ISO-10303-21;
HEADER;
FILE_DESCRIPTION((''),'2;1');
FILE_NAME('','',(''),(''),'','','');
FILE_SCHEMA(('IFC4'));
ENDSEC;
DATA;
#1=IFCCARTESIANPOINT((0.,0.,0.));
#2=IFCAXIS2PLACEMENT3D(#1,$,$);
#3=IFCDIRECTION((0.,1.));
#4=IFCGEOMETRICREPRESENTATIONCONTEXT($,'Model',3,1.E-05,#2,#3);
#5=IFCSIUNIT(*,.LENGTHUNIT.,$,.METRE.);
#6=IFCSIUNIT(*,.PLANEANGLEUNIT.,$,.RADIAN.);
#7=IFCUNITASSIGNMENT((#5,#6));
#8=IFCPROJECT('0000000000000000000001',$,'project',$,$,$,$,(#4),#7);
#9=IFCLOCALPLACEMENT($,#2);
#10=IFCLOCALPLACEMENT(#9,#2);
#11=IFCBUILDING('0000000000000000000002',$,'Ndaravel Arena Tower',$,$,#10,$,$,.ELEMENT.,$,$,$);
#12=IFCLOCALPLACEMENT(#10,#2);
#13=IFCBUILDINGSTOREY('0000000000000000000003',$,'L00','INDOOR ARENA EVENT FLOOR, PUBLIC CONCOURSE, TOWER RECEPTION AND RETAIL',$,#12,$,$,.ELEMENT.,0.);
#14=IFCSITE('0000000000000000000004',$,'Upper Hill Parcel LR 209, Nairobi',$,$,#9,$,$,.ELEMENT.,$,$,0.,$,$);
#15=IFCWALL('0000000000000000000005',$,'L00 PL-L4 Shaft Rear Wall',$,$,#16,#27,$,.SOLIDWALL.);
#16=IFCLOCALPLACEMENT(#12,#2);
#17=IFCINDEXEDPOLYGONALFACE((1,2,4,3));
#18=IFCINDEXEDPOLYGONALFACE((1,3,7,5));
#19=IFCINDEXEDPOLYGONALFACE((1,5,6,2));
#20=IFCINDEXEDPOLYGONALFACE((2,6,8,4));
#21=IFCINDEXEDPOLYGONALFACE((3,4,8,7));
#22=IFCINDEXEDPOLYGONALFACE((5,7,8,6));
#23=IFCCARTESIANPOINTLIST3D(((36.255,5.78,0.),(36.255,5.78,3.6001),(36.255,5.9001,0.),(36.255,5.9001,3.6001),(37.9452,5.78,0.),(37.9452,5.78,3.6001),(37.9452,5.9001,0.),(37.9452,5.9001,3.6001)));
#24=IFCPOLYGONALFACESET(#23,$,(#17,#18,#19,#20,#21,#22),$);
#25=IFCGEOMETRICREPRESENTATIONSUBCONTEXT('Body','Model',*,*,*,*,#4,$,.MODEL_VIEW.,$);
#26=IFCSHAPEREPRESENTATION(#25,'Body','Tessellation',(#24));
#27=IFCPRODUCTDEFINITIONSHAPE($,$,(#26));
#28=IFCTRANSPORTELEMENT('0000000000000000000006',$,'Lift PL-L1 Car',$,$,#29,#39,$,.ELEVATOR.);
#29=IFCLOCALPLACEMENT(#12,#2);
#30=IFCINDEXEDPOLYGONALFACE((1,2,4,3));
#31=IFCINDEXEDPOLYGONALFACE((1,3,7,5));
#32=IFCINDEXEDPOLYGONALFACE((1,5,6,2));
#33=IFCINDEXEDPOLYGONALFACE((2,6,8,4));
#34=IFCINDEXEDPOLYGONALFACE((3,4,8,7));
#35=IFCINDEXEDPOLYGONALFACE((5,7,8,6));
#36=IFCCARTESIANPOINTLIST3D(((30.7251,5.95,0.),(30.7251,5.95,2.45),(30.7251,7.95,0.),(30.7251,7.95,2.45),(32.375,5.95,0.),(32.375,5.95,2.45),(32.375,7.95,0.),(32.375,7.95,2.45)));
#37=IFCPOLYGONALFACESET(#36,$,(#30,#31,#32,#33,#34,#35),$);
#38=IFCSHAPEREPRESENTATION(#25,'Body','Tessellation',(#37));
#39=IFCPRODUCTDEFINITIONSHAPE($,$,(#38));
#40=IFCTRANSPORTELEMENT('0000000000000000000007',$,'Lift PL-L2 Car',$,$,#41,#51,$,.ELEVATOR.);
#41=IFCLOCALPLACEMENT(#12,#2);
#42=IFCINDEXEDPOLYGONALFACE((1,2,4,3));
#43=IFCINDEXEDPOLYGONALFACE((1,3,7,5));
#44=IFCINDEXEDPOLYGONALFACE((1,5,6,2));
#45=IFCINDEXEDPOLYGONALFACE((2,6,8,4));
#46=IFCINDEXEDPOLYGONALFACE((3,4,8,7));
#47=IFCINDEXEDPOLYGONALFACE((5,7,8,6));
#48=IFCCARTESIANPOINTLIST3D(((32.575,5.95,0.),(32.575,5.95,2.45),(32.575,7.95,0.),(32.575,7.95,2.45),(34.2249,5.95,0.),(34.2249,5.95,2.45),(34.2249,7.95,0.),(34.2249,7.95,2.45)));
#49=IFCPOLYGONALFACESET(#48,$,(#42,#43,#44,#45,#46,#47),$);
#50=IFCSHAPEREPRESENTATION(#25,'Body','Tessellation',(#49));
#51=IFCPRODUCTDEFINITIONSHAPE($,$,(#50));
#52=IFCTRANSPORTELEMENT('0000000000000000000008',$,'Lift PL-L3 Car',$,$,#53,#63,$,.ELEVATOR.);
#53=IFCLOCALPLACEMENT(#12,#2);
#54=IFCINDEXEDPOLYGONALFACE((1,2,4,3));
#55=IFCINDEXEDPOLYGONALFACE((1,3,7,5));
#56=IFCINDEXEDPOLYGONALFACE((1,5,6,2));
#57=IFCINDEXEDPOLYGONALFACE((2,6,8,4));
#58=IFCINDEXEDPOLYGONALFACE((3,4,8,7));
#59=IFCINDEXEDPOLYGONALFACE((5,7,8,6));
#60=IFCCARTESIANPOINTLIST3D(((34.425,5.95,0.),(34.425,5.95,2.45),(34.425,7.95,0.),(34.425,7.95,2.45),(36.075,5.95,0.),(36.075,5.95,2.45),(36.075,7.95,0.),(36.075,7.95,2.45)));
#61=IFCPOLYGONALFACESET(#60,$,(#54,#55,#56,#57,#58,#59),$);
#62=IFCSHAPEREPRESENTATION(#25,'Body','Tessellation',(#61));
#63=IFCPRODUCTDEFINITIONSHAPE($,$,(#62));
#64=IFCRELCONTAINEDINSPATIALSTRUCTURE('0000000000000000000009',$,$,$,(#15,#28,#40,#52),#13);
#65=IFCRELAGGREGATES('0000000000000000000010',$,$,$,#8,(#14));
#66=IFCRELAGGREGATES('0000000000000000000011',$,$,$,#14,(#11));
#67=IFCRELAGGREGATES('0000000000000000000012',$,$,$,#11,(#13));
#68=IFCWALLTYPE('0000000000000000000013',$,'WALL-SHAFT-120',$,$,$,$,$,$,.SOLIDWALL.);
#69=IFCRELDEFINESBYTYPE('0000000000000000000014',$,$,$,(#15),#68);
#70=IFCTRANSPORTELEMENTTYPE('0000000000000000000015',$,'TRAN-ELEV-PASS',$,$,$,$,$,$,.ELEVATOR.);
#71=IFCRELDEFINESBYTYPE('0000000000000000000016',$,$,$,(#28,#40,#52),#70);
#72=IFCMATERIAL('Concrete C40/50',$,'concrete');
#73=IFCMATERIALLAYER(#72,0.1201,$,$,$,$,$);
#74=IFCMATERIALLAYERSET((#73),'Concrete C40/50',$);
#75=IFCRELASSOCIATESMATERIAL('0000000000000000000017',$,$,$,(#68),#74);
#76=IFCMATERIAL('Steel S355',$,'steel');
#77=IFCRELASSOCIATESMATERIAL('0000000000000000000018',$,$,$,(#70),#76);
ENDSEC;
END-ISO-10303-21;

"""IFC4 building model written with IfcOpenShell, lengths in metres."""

from ifc_helpers import new_model, si_unit, direction, frame, frame_2d, origin, origin_2d, place, context, subcontext, project, spatial, rectangle, extrude, material, layer, layer_set, type_object, element, save


model = new_model("IFC4")

# Units and contexts
model_context = context("Model", 3, precision=1e-05, world=origin(), true_north=direction((0.0, 1.0)))
body_context = subcontext(model_context, "Body", "Model", "MODEL_VIEW")
ifc_project = project(units=[si_unit("LENGTHUNIT", "METRE"), si_unit("PLANEANGLEUNIT", "RADIAN")], contexts=[model_context])

# Site, building, storey
site_placement = place(None, origin())
site = spatial("IfcSite", under=ifc_project, at=site_placement, Name="Upper Hill Parcel LR 209, Nairobi", CompositionType="ELEMENT", RefElevation=0.0)
building_placement = place(site_placement, origin())
building = spatial("IfcBuilding", under=site, at=building_placement, Name="Ndaravel Arena Tower", CompositionType="ELEMENT")
storey_placement = place(building_placement, origin())
storey = spatial("IfcBuildingStorey", under=building, at=storey_placement, Name="L00", Description="INDOOR ARENA EVENT FLOOR, PUBLIC CONCOURSE, TOWER RECEPTION AND RETAIL", CompositionType="ELEMENT", Elevation=0.0)

# Wall
ifc_material_1 = material(Name="Concrete C40/50", Category="concrete")
ifc_layer_1 = layer(ifc_material_1, 0.1201)
ifc_layer_set_1 = layer_set([ifc_layer_1], Name="Concrete C40/50")
wall_type_1 = type_object("IfcWallType", Name="WALL-SHAFT-120", PredefinedType="SOLIDWALL", material=ifc_layer_set_1)
wall_1_placement = place(storey_placement, frame((36.2549, 5.8401, 0.0), z_axis=(0.0, 0.0, 1.0), x_axis=(1.0, 0.0, 0.0)))
element("IfcWall", 1, at=wall_1_placement, inside=storey, type_object=wall_type_1, Name="L00 PL-L4 Shaft Rear Wall", PredefinedType="SOLIDWALL", context=body_context, shape_type="SweptSolid", body=[
    extrude(rectangle(XDim=1.6902, YDim=0.1201, at=frame_2d((0.8452, 0.0))), origin(), (0.0, 0.0, 1.0), 3.6001),
])

# Transport elements
ifc_material_2 = material(Name="Steel S355", Category="steel")
transport_element_type = type_object("IfcTransportElementType", Name="TRAN-ELEV-PASS", PredefinedType="ELEVATOR", material=ifc_material_2)
for number, where, z_axis, x_axis, name in (
    (2, (31.55, 6.95, 0.0), (0.0, 0.0, 1.0), (1.0, 0.0, 0.0), "Lift PL-L1 Car"),
    (3, (33.3999, 6.95, 0.0), (0.0, 0.0, 1.0), (1.0, 0.0, 0.0), "Lift PL-L2 Car"),
    (4, (35.25, 6.95, 0.0), (0.0, 0.0, 1.0), (1.0, 0.0, 0.0), "Lift PL-L3 Car"),
):
    element("IfcTransportElement", number, at=place(storey_placement, frame(where, z_axis=z_axis, x_axis=x_axis)), inside=storey, type_object=transport_element_type, Name=name, PredefinedType="ELEVATOR", context=body_context, shape_type="SweptSolid", body=[
        extrude(rectangle(XDim=1.6499, YDim=2.0, at=origin_2d()), origin(), (0.0, 0.0, 1.0), 2.45),
    ])

save(model, "model.ifc")
